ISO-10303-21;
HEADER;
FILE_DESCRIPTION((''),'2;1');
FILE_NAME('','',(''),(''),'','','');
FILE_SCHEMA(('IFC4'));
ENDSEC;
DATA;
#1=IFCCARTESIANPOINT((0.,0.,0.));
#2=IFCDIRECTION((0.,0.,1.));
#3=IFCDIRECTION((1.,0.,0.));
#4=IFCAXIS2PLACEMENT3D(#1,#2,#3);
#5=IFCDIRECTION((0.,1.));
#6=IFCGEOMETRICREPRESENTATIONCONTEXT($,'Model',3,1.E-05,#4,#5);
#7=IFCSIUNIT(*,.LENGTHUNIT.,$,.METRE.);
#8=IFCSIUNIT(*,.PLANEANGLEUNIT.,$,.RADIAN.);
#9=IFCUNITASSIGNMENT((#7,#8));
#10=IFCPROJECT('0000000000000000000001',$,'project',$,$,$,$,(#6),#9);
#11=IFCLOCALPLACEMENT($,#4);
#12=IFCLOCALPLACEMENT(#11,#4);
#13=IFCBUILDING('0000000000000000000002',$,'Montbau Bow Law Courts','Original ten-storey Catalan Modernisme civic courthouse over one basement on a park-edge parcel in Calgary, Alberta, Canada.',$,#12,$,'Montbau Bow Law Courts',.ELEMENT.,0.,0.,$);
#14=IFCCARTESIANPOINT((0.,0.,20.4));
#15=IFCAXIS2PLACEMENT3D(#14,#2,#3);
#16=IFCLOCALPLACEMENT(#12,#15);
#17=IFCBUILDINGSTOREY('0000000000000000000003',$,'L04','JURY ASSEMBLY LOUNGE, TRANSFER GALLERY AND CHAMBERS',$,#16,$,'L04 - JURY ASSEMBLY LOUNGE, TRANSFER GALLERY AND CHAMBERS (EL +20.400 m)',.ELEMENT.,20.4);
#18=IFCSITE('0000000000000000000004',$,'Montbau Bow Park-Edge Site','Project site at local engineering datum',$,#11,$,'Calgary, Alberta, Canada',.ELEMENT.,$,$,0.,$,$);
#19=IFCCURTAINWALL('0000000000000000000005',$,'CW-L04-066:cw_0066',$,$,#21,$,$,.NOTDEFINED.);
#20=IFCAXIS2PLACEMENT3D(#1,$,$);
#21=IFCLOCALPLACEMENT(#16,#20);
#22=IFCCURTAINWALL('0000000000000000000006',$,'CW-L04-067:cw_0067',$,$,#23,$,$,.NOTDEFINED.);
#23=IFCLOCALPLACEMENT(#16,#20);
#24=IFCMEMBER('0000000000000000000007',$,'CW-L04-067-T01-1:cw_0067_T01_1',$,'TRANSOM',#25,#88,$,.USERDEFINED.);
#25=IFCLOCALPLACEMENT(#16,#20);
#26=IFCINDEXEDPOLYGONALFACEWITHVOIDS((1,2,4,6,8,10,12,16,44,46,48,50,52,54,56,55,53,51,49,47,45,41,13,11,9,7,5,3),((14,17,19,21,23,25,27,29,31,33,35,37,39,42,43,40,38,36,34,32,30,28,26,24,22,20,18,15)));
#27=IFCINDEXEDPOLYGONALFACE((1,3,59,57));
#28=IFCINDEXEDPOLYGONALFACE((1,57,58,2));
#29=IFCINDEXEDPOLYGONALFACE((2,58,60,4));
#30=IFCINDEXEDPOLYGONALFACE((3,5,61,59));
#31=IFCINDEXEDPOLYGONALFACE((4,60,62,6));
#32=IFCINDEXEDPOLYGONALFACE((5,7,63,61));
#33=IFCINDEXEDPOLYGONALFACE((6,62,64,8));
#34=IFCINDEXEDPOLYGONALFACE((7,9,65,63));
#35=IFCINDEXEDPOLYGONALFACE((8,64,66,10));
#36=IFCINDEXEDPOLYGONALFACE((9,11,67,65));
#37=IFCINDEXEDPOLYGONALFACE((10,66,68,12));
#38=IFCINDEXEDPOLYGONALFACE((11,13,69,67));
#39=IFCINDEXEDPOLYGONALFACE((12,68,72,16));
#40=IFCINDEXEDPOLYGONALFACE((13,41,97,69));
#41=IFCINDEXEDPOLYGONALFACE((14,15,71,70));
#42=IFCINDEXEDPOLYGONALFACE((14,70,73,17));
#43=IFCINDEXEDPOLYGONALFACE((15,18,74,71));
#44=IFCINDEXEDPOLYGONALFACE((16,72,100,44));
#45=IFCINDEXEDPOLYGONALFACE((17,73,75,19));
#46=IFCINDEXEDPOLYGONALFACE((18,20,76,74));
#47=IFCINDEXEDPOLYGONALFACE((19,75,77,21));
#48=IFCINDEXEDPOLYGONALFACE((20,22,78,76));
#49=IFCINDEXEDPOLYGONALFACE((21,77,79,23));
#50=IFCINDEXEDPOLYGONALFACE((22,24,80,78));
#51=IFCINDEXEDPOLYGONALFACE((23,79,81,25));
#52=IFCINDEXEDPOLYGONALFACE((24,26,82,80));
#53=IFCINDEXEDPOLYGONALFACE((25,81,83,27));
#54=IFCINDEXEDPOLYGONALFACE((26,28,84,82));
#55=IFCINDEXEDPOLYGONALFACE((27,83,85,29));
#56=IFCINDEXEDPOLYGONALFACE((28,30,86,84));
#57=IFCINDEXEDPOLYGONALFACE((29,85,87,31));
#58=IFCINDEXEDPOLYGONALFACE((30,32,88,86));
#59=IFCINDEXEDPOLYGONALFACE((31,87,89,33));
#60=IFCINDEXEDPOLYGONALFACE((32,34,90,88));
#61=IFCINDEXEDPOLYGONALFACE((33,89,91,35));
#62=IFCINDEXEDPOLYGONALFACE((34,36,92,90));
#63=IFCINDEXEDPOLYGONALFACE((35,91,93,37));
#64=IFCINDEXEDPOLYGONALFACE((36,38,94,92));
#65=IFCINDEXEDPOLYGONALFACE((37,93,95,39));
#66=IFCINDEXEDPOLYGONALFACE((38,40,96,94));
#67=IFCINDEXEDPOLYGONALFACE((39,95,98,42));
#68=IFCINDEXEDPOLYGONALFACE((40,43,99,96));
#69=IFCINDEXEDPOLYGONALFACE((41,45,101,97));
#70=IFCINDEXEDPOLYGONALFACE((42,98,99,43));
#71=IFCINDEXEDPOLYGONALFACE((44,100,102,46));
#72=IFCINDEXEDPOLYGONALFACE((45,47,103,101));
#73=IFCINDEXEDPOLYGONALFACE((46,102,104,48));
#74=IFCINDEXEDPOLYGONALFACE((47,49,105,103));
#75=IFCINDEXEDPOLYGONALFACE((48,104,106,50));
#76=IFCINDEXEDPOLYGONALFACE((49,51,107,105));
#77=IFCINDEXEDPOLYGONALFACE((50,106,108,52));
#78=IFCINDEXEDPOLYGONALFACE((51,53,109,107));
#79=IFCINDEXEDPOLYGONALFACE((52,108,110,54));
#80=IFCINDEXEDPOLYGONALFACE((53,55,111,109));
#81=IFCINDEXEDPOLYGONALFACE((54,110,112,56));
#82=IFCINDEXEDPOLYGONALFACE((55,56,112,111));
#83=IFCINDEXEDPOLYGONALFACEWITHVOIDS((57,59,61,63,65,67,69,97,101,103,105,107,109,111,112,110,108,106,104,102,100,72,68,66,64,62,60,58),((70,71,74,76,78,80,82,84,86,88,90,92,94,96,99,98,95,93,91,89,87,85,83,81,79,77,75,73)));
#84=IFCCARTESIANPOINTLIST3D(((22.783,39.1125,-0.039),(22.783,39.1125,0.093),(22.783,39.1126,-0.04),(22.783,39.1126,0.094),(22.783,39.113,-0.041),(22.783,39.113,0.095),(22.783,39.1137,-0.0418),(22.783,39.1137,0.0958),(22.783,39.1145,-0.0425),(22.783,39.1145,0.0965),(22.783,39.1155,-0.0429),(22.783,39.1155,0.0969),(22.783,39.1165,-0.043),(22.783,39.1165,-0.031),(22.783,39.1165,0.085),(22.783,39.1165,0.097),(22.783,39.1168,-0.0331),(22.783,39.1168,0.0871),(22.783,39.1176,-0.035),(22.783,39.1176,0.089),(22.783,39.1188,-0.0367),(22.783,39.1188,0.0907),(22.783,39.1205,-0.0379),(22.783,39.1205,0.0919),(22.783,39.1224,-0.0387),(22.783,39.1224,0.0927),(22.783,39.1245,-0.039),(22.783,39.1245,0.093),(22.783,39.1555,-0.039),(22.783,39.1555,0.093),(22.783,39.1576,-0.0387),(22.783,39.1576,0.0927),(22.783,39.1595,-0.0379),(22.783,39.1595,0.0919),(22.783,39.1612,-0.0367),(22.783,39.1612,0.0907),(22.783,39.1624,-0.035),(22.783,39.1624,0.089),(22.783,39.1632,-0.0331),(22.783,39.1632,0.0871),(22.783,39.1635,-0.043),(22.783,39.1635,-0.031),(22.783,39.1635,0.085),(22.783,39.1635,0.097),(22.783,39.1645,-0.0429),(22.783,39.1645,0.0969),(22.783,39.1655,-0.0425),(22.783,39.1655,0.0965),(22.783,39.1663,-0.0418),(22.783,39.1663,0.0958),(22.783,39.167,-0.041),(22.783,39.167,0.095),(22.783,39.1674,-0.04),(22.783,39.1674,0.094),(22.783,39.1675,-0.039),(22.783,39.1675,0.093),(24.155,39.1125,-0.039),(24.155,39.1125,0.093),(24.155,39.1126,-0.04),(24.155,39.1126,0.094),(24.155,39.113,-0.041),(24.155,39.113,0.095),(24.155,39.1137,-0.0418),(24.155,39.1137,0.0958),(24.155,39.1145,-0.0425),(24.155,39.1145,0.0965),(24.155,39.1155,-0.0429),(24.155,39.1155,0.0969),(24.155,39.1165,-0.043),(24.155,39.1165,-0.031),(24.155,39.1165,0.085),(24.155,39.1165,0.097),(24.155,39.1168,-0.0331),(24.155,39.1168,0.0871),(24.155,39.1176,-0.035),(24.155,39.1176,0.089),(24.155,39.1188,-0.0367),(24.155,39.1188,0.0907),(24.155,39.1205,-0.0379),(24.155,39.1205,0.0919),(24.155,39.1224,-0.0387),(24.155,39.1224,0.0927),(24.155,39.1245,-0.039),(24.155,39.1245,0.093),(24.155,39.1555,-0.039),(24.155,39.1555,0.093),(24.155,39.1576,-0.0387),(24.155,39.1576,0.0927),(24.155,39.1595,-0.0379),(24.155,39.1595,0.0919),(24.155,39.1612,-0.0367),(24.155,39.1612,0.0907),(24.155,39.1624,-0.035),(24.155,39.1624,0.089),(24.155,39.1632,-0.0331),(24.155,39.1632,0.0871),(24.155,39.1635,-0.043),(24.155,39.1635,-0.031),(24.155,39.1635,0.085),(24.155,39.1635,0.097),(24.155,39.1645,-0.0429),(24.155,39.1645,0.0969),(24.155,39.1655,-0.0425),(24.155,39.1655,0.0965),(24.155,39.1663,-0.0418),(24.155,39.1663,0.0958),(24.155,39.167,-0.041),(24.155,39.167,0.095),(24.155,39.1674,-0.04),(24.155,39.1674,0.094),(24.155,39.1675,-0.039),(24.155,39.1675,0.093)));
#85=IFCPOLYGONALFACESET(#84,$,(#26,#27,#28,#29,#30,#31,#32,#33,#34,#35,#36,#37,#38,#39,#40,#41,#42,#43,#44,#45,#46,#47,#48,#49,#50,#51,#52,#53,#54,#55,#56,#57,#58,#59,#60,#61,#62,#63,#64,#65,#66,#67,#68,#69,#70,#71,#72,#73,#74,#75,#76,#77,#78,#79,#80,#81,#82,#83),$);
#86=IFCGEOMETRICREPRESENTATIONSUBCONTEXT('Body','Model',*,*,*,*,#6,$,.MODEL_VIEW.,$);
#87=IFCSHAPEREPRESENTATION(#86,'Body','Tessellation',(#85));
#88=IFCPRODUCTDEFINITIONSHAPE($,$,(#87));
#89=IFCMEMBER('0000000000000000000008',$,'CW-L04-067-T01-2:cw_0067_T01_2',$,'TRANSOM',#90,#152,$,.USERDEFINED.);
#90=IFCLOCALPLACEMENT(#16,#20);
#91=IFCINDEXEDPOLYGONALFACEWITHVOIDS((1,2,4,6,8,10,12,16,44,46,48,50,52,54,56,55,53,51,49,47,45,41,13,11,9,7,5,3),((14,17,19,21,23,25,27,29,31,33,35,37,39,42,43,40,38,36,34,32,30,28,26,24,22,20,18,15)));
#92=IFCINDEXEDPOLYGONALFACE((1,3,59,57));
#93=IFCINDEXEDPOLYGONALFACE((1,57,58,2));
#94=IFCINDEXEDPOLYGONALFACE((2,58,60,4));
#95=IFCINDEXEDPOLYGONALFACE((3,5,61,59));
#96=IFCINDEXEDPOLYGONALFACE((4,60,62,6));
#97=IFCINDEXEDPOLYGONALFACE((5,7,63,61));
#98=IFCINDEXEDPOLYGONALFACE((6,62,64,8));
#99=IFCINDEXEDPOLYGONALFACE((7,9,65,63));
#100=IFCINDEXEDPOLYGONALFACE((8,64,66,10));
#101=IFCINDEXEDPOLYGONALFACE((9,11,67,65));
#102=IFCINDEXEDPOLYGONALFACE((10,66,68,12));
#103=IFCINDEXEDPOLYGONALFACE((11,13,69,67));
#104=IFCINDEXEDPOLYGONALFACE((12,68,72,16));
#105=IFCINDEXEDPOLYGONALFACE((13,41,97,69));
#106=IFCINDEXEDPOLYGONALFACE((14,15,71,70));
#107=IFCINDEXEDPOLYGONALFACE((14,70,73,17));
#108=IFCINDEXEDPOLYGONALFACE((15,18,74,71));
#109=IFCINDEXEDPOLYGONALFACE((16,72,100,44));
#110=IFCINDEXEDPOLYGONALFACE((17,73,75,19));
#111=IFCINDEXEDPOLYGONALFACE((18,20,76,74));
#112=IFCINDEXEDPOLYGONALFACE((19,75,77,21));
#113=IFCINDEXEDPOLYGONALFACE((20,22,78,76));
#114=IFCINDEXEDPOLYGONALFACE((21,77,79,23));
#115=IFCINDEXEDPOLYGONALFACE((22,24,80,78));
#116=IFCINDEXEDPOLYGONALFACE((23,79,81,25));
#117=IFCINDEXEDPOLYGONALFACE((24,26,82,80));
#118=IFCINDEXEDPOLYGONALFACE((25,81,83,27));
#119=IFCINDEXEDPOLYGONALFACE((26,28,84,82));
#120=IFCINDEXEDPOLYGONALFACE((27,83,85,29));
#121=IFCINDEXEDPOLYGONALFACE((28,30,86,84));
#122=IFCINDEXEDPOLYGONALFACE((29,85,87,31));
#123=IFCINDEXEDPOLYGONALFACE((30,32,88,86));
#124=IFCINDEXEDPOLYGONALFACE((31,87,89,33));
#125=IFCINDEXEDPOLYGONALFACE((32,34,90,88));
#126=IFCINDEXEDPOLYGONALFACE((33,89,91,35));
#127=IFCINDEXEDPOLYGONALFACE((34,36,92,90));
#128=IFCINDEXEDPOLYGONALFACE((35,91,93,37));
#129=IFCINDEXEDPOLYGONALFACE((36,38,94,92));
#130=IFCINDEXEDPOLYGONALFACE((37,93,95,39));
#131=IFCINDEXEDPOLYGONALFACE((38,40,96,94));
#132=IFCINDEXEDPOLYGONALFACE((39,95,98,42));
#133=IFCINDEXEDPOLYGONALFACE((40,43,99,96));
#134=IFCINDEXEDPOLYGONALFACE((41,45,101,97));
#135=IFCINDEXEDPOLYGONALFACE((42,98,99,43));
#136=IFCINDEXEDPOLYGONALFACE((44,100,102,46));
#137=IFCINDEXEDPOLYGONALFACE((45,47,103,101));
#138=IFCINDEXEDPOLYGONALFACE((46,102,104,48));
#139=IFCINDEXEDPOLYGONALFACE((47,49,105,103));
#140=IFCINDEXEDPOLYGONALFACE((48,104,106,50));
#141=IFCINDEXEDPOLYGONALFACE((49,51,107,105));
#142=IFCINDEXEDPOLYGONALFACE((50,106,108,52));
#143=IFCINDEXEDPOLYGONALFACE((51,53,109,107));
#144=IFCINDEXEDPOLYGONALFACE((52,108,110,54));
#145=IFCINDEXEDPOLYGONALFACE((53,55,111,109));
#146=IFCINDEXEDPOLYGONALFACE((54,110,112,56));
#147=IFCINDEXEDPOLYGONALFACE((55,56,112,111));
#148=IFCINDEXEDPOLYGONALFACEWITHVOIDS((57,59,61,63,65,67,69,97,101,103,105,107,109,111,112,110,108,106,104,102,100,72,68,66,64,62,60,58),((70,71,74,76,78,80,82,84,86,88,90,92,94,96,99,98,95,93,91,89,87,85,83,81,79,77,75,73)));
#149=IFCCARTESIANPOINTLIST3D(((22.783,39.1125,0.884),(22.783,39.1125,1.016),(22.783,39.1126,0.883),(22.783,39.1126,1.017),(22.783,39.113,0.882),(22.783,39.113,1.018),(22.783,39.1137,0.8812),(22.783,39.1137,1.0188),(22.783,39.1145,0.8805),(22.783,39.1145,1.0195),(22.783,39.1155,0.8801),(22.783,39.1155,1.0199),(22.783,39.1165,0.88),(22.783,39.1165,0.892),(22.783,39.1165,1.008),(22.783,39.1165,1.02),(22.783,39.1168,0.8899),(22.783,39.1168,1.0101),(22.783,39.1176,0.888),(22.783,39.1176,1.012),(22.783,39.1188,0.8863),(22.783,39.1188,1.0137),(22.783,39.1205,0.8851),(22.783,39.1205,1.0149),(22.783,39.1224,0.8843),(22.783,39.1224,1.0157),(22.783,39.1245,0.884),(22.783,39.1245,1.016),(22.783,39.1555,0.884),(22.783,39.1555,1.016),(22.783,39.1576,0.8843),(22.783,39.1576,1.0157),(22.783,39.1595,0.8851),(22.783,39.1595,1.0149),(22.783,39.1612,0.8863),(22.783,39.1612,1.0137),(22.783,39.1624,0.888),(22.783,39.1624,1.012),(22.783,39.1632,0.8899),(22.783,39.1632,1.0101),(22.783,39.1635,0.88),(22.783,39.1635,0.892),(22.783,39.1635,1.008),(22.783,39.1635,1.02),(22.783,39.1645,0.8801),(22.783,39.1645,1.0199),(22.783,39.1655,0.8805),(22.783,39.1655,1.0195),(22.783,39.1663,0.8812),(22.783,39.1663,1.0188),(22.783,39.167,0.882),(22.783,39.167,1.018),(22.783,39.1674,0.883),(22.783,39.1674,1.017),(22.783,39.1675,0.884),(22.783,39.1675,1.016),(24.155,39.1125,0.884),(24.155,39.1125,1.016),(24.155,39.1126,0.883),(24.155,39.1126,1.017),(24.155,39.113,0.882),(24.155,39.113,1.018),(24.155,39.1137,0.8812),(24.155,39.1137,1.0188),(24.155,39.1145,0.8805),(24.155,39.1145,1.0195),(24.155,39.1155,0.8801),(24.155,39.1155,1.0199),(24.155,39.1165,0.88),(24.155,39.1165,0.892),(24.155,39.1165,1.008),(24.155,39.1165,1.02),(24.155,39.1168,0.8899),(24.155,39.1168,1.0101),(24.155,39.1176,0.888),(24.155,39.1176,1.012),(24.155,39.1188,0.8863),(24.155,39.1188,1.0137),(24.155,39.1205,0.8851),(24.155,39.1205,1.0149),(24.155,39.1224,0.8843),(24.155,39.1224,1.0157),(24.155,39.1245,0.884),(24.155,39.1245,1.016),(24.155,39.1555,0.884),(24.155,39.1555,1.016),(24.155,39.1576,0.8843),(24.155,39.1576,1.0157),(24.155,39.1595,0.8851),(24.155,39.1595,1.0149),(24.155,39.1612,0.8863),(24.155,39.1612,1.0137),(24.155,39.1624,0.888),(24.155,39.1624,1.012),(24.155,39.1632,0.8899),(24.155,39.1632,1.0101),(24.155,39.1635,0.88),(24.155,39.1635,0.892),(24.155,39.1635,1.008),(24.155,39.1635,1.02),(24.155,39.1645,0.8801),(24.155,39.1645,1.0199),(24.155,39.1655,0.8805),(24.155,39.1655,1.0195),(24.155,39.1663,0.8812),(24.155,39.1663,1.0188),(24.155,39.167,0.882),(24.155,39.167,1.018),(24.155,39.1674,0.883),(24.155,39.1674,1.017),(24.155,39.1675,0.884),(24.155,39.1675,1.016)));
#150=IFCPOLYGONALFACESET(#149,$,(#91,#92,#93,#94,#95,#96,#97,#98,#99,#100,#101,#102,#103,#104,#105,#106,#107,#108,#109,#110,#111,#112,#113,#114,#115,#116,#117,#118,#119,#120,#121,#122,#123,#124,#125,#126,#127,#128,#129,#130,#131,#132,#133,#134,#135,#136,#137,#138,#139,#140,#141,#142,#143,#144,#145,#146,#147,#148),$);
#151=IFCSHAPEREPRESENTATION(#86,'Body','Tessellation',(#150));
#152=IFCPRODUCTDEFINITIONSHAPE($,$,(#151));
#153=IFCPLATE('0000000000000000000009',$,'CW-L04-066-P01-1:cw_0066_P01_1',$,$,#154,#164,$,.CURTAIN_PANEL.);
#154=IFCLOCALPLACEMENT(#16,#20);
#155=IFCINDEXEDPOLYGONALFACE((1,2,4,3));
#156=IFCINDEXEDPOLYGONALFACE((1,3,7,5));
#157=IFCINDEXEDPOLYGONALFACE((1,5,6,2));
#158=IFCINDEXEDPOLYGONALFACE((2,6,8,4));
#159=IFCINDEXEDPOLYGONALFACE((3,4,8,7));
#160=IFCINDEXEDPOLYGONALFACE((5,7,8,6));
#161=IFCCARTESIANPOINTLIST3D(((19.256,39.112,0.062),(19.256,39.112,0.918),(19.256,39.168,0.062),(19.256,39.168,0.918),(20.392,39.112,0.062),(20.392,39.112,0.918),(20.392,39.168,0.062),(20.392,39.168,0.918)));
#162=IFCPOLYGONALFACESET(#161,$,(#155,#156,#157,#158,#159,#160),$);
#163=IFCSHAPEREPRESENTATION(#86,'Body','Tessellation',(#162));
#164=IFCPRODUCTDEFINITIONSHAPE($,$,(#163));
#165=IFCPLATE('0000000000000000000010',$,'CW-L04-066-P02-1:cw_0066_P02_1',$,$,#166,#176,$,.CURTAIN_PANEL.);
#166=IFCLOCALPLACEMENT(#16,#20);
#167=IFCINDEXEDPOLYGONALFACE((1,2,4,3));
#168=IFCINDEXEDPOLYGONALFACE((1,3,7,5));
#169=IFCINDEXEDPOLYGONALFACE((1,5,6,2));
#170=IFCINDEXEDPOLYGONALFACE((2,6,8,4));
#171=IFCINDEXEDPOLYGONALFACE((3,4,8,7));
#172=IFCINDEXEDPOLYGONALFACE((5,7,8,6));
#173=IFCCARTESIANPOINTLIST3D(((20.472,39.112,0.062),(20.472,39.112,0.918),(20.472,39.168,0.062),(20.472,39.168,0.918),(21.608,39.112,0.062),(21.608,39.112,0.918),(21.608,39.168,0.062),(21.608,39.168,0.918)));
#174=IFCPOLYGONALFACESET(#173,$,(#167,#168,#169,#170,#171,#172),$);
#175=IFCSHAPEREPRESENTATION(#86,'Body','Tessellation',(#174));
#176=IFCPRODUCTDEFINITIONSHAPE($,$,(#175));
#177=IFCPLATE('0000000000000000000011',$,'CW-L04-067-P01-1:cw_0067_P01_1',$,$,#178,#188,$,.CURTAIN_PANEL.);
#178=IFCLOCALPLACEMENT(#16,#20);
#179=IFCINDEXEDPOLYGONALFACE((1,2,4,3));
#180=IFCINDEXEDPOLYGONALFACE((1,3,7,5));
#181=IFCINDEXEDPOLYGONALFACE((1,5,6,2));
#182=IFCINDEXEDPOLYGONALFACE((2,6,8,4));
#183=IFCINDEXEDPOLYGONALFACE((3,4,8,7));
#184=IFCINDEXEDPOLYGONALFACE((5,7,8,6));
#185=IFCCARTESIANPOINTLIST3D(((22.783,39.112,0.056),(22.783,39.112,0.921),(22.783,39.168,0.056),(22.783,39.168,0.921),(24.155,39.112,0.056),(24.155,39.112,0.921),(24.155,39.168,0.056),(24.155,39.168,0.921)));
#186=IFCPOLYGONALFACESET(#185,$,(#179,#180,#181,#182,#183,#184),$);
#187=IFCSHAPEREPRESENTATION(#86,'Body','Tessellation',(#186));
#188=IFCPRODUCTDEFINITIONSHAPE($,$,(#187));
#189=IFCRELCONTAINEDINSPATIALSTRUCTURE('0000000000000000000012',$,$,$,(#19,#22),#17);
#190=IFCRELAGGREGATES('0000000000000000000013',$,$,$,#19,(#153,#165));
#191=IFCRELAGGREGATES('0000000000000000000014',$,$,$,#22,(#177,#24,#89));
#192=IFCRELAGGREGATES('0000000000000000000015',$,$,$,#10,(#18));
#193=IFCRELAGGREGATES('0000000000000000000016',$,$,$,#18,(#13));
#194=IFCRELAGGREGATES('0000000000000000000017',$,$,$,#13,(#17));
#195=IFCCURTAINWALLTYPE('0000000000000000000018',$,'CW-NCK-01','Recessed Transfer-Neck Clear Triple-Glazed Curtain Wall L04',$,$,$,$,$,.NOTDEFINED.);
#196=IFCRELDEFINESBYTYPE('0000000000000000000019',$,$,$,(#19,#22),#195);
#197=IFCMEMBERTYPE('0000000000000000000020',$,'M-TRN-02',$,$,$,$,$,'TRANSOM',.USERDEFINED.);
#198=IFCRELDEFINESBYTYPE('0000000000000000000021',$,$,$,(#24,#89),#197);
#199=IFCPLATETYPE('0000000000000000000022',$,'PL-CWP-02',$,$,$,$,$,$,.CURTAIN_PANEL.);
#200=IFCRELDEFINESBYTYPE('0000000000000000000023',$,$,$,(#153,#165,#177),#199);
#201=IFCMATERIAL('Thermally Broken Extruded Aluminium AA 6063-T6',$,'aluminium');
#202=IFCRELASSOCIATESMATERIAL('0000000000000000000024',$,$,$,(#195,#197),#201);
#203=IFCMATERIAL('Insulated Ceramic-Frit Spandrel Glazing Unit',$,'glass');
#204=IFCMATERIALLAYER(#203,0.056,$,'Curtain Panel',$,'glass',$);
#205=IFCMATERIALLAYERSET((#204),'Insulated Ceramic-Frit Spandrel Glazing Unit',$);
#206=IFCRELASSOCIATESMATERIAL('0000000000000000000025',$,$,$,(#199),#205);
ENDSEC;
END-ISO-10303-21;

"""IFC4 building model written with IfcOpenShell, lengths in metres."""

from ifc_helpers import new_model, si_unit, direction, frame, frame_2d, origin_with_axes, origin_2d_with_axis, place, context, subcontext, project, spatial, rectangle, hollow_rectangle, extrude, material, layer, layer_set, material_profile, profile_set, type_object, element, aggregate, save


model = new_model("IFC4")

# Units and contexts
model_context = context("Model", 3, precision=1e-05, world=origin_with_axes(), true_north=direction((0.0, 1.0)))
body_context = subcontext(model_context, "Body", "Model", "MODEL_VIEW")
ifc_project = project(units=[si_unit("LENGTHUNIT", "METRE"), si_unit("PLANEANGLEUNIT", "RADIAN")], contexts=[model_context])

# Site, building, storey
site_placement = place(None, origin_with_axes())
site = spatial("IfcSite", under=ifc_project, at=site_placement, Name="Montbau Bow Park-Edge Site", Description="Project site at local engineering datum", LongName="Calgary, Alberta, Canada", CompositionType="ELEMENT", RefElevation=0.0)
building_placement = place(site_placement, origin_with_axes())
building = spatial("IfcBuilding", under=site, at=building_placement, Name="Montbau Bow Law Courts", Description="Original ten-storey Catalan Modernisme civic courthouse over one basement on a park-edge parcel in Calgary, Alberta, Canada.", LongName="Montbau Bow Law Courts", CompositionType="ELEMENT", ElevationOfRefHeight=0.0, ElevationOfTerrain=0.0)
storey_placement = place(building_placement, frame((0.0, 0.0, 20.4), z_axis=(0.0, 0.0, 1.0), x_axis=(1.0, 0.0, 0.0)))
storey = spatial("IfcBuildingStorey", under=building, at=storey_placement, Name="L04", Description="JURY ASSEMBLY LOUNGE, TRANSFER GALLERY AND CHAMBERS", LongName="L04 - JURY ASSEMBLY LOUNGE, TRANSFER GALLERY AND CHAMBERS (EL +20.400 m)", CompositionType="ELEMENT", Elevation=20.4)

# Curtain wall
ifc_material_1 = material(Name="Thermally Broken Extruded Aluminium AA 6063-T6", Category="aluminium")
curtain_wall_type = type_object("IfcCurtainWallType", Name="CW-NCK-01", Description="Recessed Transfer-Neck Clear Triple-Glazed Curtain Wall L04", PredefinedType="NOTDEFINED", material=ifc_material_1)
curtain_wall_1_placement = place(None, frame((19.18, 39.14, 20.4), z_axis=(0.0, 0.0, 1.0), x_axis=(1.0, 0.0, 0.0)))
curtain_wall_1 = element("IfcCurtainWall", 1, at=curtain_wall_1_placement, inside=storey, type_object=curtain_wall_type, Name="CW-L04-066:cw_0066", PredefinedType="NOTDEFINED")

# Curtain wall
curtain_wall_2_placement = place(None, frame((22.715, 39.14, 20.4), z_axis=(0.0, 0.0, 1.0), x_axis=(1.0, 0.0, 0.0)))
curtain_wall_2 = element("IfcCurtainWall", 2, at=curtain_wall_2_placement, inside=storey, type_object=curtain_wall_type, Name="CW-L04-067:cw_0067", PredefinedType="NOTDEFINED")

# Members
ifc_material_profile_1 = material_profile(ifc_material_1, hollow_rectangle(XDim=0.055, YDim=0.14, WallThickness=0.004, InnerFilletRadius=0.008, OuterFilletRadius=0.004, at=origin_2d_with_axis()), Name="CWT-140X55", Category="Main", Priority=0)
ifc_profile_set_1 = profile_set([ifc_material_profile_1], Name="Thermally Broken Extruded Aluminium AA 6063-T6")
member_type_1 = type_object("IfcMemberType", Name="M-TRN-02", ElementType="TRANSOM", PredefinedType="USERDEFINED", material=ifc_profile_set_1)
member_1_placement = place(None, frame((22.783, 39.14, 20.427), z_axis=(1.0, 0.0, 0.0), x_axis=(0.0, 1.0, 0.0)))
member_1 = element("IfcMember", 3, at=member_1_placement, type_object=member_type_1, Name="CW-L04-067-T01-1:cw_0067_T01_1", ObjectType="TRANSOM", PredefinedType="USERDEFINED", context=body_context, shape_type="SweptSolid", body=[
    extrude(hollow_rectangle(XDim=0.055, YDim=0.14, WallThickness=0.004, InnerFilletRadius=0.008, OuterFilletRadius=0.004, at=origin_2d_with_axis()), origin_with_axes(), (0.0, 0.0, 1.0), 1.372),
])
member_2_placement = place(None, frame((22.783, 39.14, 21.35), z_axis=(1.0, 0.0, 0.0), x_axis=(0.0, 1.0, 0.0)))
member_2 = element("IfcMember", 4, at=member_2_placement, type_object=member_type_1, Name="CW-L04-067-T01-2:cw_0067_T01_2", ObjectType="TRANSOM", PredefinedType="USERDEFINED", context=body_context, shape_type="SweptSolid", body=[
    extrude(hollow_rectangle(XDim=0.055, YDim=0.14, WallThickness=0.004, InnerFilletRadius=0.008, OuterFilletRadius=0.004, at=origin_2d_with_axis()), origin_with_axes(), (0.0, 0.0, 1.0), 1.372),
])

# Plates
ifc_material_2 = material(Name="Insulated Ceramic-Frit Spandrel Glazing Unit", Category="glass")
ifc_layer_1 = layer(ifc_material_2, 0.056, Name="Curtain Panel", Category="glass")
ifc_layer_set_1 = layer_set([ifc_layer_1], Name="Insulated Ceramic-Frit Spandrel Glazing Unit")
plate_type_1 = type_object("IfcPlateType", Name="PL-CWP-02", PredefinedType="CURTAIN_PANEL", material=ifc_layer_set_1)
plate_1_placement = place(None, frame((19.256, 39.14, 20.462), z_axis=(0.0, -1.0, 0.0), x_axis=(1.0, 0.0, 0.0)))
plate_1 = element("IfcPlate", 5, at=plate_1_placement, type_object=plate_type_1, Name="CW-L04-066-P01-1:cw_0066_P01_1", PredefinedType="CURTAIN_PANEL", context=body_context, shape_type="SweptSolid", body=[
    extrude(rectangle(XDim=1.136, YDim=0.856, at=frame_2d((0.568, 0.428), x_axis=(1.0, 0.0))), frame((0.0, 0.0, -0.028), z_axis=(0.0, 0.0, 1.0), x_axis=(1.0, 0.0, 0.0)), (0.0, 0.0, 1.0), 0.056),
])
plate_2_placement = place(None, frame((20.472, 39.14, 20.462), z_axis=(0.0, -1.0, 0.0), x_axis=(1.0, 0.0, 0.0)))
plate_2 = element("IfcPlate", 6, at=plate_2_placement, type_object=plate_type_1, Name="CW-L04-066-P02-1:cw_0066_P02_1", PredefinedType="CURTAIN_PANEL", context=body_context, shape_type="SweptSolid", body=[
    extrude(rectangle(XDim=1.136, YDim=0.856, at=frame_2d((0.568, 0.428), x_axis=(1.0, 0.0))), frame((0.0, 0.0, -0.028), z_axis=(0.0, 0.0, 1.0), x_axis=(1.0, 0.0, 0.0)), (0.0, 0.0, 1.0), 0.056),
])
plate_3_placement = place(None, frame((22.783, 39.14, 20.456), z_axis=(0.0, -1.0, 0.0), x_axis=(1.0, 0.0, 0.0)))
plate_3 = element("IfcPlate", 7, at=plate_3_placement, type_object=plate_type_1, Name="CW-L04-067-P01-1:cw_0067_P01_1", PredefinedType="CURTAIN_PANEL", context=body_context, shape_type="SweptSolid", body=[
    extrude(rectangle(XDim=1.372, YDim=0.865, at=frame_2d((0.686, 0.4325), x_axis=(1.0, 0.0))), frame((0.0, 0.0, -0.028), z_axis=(0.0, 0.0, 1.0), x_axis=(1.0, 0.0, 0.0)), (0.0, 0.0, 1.0), 0.056),
])
aggregate(curtain_wall_1, [plate_1, plate_2])
aggregate(curtain_wall_2, [plate_3, member_1, member_2])

save(model, "model.ifc")
